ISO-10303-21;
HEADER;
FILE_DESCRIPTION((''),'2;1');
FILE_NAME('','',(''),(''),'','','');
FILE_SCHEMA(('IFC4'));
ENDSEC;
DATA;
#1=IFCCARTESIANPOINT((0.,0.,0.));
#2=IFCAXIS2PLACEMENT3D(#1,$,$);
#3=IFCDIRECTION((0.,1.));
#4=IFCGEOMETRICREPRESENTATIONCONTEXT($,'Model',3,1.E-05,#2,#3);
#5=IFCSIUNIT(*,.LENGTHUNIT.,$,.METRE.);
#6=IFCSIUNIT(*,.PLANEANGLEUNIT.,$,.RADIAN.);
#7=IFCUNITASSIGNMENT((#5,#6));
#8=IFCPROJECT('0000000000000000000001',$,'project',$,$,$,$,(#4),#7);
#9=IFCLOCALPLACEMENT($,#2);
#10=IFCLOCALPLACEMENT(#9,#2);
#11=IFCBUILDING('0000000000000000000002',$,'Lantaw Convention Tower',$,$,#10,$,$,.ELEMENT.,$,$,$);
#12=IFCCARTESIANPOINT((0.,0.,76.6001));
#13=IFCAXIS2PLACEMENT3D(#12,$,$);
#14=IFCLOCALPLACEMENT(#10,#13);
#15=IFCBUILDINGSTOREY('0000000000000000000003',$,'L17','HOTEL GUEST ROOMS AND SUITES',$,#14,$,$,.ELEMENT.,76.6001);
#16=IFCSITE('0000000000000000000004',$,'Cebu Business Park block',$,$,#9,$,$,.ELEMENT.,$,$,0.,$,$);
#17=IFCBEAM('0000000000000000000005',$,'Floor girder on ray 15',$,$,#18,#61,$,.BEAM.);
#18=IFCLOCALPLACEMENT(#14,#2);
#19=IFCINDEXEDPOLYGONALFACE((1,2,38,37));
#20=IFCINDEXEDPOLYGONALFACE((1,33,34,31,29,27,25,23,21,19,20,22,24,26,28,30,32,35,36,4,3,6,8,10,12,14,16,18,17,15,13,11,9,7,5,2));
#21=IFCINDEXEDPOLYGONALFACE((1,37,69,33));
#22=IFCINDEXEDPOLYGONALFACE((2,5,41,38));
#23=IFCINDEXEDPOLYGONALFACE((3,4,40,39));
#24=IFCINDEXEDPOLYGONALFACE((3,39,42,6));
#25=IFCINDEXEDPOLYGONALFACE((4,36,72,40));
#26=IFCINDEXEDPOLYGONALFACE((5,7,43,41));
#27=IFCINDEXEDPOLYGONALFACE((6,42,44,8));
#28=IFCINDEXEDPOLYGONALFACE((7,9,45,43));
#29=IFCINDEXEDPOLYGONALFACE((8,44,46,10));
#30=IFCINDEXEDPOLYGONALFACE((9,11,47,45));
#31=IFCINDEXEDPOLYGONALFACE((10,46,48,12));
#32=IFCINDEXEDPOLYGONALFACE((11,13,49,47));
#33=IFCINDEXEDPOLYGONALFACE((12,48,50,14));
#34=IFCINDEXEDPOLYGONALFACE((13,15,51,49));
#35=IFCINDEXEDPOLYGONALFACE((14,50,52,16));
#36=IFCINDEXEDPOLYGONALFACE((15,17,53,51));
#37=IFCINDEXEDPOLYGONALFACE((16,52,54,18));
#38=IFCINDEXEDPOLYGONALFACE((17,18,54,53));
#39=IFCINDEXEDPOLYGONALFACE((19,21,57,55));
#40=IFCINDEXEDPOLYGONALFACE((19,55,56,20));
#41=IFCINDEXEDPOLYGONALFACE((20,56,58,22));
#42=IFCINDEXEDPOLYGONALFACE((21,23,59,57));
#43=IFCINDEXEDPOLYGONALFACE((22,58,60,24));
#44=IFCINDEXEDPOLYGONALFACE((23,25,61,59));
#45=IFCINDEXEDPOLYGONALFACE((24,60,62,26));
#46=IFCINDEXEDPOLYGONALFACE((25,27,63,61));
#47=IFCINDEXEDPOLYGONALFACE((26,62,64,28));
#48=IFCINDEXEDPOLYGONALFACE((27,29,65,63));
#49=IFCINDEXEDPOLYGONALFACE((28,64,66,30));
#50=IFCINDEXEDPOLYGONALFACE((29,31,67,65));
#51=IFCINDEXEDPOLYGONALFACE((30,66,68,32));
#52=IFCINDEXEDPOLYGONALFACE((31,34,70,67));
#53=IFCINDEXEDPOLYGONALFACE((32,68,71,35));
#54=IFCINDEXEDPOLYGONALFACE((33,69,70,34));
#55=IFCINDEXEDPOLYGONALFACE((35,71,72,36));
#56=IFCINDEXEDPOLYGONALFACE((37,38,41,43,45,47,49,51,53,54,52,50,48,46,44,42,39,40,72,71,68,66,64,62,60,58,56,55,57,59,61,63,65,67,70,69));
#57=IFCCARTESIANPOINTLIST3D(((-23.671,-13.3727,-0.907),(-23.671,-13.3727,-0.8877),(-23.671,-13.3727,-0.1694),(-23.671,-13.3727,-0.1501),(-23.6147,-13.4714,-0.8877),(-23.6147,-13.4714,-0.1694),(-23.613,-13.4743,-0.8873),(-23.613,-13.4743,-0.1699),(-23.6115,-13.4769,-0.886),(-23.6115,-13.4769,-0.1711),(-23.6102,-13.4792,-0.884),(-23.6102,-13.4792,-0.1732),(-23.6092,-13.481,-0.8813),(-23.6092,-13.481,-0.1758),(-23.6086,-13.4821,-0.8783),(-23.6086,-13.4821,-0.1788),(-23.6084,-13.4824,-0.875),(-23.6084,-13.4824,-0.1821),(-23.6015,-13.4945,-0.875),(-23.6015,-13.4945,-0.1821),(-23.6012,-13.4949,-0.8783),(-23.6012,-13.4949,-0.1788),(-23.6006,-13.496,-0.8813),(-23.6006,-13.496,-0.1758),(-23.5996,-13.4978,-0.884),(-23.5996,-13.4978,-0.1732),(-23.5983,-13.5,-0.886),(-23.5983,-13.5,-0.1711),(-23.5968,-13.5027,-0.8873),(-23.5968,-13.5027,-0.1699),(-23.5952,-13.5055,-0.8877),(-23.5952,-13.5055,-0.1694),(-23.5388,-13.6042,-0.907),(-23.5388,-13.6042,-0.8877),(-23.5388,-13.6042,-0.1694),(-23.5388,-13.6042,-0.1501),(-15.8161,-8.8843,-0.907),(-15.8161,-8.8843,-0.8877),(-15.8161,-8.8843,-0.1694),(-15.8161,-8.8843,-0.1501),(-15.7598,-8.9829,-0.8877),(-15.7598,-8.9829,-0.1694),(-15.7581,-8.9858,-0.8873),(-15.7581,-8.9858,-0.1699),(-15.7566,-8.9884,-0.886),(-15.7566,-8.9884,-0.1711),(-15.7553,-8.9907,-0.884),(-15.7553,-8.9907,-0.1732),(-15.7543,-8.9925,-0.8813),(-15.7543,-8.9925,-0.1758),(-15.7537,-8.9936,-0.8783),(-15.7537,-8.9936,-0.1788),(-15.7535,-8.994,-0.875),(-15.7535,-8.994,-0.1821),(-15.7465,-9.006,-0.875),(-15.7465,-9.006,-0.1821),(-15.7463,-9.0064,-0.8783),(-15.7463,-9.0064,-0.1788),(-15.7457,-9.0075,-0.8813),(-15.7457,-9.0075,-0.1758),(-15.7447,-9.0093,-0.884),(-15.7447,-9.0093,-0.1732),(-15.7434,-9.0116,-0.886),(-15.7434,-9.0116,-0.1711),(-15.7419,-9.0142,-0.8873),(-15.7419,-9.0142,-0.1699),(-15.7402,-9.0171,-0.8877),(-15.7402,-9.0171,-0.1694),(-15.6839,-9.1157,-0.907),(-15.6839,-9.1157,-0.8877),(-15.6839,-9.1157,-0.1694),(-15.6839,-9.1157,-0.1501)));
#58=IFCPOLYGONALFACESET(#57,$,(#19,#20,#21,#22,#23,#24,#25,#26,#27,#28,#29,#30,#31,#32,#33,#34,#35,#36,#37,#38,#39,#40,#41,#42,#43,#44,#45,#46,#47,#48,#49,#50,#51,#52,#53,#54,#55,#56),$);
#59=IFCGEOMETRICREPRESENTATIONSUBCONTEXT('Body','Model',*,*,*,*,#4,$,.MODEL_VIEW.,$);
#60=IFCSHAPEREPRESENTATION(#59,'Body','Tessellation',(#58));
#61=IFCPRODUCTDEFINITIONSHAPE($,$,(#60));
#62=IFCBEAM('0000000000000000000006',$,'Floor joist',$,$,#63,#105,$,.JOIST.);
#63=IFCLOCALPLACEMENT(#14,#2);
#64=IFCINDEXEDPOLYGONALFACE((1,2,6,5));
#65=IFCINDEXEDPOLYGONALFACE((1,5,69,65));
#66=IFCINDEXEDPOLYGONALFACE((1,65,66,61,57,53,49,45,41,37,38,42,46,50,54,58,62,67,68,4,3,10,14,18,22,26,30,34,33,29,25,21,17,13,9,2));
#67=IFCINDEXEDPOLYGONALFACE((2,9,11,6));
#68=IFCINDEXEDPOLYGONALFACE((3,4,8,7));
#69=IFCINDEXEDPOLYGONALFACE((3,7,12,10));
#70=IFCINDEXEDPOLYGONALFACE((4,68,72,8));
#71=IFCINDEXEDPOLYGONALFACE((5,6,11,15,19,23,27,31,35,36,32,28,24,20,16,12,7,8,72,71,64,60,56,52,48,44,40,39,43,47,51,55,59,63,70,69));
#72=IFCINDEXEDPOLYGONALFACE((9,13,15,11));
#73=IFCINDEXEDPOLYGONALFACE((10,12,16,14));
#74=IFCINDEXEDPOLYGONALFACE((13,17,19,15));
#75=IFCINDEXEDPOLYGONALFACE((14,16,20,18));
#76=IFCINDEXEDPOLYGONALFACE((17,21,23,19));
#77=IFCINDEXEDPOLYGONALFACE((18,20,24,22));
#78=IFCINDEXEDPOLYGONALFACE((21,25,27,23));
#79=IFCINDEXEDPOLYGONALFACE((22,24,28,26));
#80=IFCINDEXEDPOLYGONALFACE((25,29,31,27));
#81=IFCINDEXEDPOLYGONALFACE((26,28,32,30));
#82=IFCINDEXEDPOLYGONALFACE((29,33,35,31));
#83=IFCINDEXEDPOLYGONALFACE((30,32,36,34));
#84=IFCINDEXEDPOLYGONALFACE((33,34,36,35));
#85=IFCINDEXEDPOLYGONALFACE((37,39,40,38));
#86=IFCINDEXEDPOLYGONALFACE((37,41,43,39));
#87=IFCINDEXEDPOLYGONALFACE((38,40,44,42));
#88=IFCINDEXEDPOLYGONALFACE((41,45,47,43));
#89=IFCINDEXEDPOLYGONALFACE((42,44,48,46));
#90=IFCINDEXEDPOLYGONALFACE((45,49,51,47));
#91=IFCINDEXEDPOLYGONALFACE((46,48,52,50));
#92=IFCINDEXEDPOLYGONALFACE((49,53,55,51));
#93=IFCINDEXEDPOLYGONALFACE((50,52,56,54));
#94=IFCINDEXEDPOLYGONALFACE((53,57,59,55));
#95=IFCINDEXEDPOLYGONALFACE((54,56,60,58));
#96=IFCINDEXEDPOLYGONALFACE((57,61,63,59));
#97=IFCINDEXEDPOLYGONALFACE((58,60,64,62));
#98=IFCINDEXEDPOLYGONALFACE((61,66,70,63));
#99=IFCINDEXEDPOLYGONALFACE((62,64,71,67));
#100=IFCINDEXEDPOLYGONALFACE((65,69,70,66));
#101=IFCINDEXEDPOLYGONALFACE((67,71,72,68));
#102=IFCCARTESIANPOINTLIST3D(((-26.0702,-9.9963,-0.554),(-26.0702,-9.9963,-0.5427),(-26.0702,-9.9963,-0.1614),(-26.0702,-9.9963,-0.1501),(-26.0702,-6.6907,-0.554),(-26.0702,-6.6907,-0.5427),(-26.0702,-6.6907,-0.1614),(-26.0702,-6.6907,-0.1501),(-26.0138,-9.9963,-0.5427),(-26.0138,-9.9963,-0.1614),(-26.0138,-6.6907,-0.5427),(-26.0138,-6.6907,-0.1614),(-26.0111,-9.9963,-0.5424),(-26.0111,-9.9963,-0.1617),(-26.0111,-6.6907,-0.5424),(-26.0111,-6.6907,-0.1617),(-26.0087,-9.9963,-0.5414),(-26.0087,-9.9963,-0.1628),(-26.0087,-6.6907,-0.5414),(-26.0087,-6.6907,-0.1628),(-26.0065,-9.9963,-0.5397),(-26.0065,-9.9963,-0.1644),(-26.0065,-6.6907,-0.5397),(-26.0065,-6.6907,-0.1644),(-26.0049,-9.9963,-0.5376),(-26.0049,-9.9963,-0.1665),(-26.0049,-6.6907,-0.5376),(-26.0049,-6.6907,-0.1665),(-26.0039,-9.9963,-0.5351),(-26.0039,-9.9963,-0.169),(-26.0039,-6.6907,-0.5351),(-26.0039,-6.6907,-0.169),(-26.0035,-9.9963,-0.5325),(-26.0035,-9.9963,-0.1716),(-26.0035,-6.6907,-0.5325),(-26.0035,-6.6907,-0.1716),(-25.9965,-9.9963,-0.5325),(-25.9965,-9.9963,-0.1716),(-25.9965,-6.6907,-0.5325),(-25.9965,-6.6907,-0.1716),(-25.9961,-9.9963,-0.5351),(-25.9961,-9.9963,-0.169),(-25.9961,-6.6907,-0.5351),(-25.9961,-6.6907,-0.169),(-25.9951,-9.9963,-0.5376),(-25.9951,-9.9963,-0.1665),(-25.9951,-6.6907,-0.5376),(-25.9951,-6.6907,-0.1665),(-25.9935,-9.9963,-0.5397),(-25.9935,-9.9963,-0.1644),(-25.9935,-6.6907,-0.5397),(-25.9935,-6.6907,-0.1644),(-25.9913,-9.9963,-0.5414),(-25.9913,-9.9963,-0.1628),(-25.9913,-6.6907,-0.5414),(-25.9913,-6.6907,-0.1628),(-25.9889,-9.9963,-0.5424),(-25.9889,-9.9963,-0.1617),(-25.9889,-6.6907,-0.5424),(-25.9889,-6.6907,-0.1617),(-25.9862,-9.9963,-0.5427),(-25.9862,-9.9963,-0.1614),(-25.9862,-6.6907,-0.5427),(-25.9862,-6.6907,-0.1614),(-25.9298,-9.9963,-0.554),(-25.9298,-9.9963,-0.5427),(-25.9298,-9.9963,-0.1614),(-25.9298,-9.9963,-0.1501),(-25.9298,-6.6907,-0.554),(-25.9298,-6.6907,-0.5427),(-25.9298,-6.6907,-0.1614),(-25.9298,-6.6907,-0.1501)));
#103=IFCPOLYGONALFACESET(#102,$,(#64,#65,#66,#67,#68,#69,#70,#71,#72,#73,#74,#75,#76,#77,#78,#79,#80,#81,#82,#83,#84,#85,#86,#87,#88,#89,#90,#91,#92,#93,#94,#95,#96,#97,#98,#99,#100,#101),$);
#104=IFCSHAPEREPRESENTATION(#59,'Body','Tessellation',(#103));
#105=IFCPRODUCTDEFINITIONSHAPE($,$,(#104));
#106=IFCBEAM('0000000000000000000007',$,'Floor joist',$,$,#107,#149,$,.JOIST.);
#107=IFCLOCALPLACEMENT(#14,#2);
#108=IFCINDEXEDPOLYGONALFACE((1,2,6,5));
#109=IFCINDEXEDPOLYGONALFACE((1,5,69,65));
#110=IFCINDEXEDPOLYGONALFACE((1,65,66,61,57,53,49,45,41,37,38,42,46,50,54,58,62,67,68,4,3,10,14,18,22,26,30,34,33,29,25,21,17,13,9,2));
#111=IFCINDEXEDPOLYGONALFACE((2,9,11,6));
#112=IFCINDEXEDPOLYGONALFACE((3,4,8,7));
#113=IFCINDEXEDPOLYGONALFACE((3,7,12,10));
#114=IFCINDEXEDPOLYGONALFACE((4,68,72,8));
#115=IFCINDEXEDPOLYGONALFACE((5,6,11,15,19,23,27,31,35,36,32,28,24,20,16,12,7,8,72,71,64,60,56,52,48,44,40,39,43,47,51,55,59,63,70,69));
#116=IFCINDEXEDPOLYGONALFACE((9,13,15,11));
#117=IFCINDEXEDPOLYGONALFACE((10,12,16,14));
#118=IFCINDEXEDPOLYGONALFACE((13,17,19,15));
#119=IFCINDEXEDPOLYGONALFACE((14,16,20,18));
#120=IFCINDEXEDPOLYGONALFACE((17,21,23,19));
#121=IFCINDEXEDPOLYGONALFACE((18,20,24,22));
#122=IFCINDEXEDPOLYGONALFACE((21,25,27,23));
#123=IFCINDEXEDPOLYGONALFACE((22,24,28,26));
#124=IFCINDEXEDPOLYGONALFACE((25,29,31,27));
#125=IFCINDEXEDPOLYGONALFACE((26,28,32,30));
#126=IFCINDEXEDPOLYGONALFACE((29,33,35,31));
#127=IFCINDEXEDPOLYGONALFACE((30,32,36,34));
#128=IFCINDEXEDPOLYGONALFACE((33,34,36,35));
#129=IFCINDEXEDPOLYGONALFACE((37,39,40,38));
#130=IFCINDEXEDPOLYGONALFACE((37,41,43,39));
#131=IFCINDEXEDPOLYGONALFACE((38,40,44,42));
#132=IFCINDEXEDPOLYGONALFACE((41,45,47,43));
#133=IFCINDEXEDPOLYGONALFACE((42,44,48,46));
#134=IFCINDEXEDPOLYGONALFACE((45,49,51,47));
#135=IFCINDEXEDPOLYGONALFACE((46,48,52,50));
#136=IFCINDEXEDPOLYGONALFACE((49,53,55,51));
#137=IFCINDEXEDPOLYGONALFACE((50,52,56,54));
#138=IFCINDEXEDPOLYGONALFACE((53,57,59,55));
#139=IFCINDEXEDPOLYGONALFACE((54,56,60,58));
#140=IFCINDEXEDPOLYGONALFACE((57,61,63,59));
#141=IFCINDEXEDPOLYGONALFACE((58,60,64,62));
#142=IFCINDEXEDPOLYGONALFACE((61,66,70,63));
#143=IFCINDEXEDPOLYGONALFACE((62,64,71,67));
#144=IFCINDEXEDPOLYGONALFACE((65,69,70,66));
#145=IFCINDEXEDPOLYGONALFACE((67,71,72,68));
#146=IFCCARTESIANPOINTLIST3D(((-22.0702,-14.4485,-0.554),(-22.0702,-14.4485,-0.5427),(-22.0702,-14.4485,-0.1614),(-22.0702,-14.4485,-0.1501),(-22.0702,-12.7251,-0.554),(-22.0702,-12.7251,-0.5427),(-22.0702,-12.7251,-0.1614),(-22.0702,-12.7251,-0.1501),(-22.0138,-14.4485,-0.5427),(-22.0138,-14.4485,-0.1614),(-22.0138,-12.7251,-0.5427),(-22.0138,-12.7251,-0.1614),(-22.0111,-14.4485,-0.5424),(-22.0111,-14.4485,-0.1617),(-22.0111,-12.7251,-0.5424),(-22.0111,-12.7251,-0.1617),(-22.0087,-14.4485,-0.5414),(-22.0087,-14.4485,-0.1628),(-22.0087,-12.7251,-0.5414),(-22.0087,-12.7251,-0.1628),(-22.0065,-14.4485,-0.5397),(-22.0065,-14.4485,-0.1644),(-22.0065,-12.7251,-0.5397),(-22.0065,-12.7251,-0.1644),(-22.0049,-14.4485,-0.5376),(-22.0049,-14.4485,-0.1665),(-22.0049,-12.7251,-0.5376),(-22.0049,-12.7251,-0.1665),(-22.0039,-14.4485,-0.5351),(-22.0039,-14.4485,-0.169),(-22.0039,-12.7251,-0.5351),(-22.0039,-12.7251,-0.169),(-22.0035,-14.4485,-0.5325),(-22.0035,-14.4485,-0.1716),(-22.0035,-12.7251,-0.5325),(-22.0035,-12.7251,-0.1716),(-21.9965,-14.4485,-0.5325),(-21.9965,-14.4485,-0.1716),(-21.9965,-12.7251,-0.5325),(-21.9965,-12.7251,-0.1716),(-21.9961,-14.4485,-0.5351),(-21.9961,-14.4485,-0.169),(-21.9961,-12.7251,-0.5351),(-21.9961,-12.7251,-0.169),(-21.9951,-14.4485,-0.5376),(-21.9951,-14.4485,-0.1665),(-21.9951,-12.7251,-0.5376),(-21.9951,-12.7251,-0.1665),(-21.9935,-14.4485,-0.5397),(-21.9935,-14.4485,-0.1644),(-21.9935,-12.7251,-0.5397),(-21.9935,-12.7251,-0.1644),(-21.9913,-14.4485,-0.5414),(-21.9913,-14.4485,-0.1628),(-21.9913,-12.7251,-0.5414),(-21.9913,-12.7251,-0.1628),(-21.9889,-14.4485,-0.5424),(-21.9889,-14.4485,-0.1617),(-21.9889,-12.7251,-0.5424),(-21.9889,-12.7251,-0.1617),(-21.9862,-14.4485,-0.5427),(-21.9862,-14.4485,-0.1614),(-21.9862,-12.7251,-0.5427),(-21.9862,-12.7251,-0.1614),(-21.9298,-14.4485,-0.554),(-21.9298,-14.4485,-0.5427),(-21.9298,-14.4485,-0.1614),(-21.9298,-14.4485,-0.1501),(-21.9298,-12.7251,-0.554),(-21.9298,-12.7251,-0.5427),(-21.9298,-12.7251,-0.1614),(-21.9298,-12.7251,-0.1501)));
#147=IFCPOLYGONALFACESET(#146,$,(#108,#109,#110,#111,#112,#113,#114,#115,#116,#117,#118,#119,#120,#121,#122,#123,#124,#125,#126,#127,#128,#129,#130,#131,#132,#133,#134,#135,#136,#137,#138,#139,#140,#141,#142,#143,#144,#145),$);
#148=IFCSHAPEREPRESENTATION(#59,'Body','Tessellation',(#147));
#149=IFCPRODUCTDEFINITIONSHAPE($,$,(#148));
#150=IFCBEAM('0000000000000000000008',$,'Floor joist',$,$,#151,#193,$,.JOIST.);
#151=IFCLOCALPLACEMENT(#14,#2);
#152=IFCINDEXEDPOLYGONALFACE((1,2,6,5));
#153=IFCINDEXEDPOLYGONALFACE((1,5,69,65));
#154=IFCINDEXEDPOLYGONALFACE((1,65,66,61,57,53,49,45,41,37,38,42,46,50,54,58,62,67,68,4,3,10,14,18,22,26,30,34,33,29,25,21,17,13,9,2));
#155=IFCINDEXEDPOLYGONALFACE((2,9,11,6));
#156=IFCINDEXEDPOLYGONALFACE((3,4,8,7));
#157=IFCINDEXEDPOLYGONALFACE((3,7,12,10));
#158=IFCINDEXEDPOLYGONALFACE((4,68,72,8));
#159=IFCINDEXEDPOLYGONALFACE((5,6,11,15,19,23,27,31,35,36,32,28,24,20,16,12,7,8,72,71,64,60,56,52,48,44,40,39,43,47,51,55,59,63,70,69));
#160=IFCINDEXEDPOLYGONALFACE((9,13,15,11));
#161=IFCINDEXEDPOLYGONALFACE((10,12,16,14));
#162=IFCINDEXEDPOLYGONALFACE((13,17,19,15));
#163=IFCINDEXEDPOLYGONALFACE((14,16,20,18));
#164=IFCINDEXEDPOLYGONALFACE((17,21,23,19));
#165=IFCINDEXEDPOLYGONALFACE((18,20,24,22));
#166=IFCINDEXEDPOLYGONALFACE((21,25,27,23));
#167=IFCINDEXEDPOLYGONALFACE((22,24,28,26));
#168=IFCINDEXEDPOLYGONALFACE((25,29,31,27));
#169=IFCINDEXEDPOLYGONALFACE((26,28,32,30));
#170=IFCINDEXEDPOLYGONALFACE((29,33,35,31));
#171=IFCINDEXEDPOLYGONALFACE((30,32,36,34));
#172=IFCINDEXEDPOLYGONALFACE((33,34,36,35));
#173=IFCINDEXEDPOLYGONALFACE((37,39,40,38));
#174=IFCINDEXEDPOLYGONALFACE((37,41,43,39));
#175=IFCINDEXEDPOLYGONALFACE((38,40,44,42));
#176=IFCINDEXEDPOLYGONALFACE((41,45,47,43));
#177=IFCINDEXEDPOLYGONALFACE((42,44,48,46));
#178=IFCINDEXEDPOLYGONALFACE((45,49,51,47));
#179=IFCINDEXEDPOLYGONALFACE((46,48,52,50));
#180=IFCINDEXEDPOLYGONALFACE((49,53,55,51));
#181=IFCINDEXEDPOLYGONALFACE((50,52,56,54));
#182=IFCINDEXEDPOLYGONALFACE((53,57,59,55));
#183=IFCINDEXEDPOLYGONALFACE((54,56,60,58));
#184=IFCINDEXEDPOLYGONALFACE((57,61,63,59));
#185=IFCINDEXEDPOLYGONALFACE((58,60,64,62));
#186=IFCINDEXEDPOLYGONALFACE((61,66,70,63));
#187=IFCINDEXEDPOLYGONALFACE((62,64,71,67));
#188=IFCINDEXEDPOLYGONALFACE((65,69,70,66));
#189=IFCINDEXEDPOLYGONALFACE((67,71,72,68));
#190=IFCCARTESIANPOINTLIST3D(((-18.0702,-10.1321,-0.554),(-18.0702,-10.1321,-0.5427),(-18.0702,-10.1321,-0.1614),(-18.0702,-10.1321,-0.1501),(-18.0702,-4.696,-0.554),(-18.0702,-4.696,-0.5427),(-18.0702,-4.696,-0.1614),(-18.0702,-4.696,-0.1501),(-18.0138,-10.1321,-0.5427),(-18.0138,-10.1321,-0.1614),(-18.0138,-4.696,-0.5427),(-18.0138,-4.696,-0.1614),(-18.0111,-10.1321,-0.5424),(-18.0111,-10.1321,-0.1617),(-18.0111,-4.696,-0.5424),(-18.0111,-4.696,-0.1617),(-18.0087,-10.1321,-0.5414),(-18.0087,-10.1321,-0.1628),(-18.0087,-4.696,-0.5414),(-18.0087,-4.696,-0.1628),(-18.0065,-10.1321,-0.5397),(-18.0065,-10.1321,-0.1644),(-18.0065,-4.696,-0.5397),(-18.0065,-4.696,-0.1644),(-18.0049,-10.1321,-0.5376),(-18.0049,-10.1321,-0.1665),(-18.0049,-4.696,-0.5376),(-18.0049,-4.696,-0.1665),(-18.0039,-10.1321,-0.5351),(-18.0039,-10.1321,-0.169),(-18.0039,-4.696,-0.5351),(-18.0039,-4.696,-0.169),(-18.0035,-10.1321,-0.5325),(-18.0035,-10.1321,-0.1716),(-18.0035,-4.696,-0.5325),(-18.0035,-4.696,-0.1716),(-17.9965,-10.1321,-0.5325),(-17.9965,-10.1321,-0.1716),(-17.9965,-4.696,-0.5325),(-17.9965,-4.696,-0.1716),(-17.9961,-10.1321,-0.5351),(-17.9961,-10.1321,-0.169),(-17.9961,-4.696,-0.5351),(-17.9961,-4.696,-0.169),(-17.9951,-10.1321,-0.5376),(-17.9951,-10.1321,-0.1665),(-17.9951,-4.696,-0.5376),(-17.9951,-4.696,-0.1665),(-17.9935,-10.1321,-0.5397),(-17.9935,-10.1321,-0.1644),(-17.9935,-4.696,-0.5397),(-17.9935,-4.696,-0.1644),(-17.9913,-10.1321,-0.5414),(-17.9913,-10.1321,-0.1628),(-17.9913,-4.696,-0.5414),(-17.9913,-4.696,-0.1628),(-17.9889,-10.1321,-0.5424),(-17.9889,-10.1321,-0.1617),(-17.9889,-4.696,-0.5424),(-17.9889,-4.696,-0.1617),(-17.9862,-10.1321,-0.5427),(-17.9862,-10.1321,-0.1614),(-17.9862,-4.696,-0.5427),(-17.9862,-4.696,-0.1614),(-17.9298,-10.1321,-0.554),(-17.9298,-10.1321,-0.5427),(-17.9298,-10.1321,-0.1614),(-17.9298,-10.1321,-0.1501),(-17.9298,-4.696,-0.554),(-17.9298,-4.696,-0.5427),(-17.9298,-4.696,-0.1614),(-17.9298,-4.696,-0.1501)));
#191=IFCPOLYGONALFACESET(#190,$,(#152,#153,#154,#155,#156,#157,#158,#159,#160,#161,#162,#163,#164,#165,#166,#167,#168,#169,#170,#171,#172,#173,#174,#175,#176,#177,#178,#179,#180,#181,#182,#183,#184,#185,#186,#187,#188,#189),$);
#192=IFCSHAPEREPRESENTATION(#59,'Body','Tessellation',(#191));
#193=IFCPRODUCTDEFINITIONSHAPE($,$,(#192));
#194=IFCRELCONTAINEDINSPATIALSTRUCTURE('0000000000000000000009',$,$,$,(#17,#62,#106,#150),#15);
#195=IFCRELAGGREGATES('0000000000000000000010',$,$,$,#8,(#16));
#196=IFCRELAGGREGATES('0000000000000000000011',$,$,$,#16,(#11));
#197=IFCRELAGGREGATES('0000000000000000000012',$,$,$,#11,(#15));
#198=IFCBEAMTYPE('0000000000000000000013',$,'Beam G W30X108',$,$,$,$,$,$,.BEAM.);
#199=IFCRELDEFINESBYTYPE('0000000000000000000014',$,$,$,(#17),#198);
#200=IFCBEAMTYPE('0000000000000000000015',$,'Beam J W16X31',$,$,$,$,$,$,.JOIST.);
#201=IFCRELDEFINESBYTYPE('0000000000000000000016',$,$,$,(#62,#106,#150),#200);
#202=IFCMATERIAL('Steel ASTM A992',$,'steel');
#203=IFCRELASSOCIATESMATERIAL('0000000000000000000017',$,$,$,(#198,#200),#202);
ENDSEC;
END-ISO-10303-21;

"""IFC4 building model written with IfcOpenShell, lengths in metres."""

from ifc_helpers import new_model, si_unit, direction, frame, origin, origin_2d, place, context, subcontext, project, spatial, i_section, extrude, material, material_profile, profile_set, type_object, element, save


model = new_model("IFC4")

# Units and contexts
model_context = context("Model", 3, precision=1e-05, world=origin(), true_north=direction((0.0, 1.0)))
body_context = subcontext(model_context, "Body", "Model", "MODEL_VIEW")
ifc_project = project(units=[si_unit("LENGTHUNIT", "METRE"), si_unit("PLANEANGLEUNIT", "RADIAN")], contexts=[model_context])

# Site, building, storey
site_placement = place(None, origin())
site = spatial("IfcSite", under=ifc_project, at=site_placement, Name="Cebu Business Park block", CompositionType="ELEMENT", RefElevation=0.0)
building_placement = place(site_placement, origin())
building = spatial("IfcBuilding", under=site, at=building_placement, Name="Lantaw Convention Tower", CompositionType="ELEMENT")
storey_placement = place(building_placement, frame((0.0, 0.0, 76.6001)))
storey = spatial("IfcBuildingStorey", under=building, at=storey_placement, Name="L17", Description="HOTEL GUEST ROOMS AND SUITES", CompositionType="ELEMENT", Elevation=76.6001)

# Beams
ifc_material_1 = material(Name="Steel ASTM A992", Category="steel")
ifc_material_profile_1 = material_profile(ifc_material_1, i_section(OverallWidth=0.2666, OverallDepth=0.7568, WebThickness=0.0139, FlangeThickness=0.0193, FilletRadius=0.0127, at=origin_2d()), Name="W30X108")
ifc_profile_set_1 = profile_set([ifc_material_profile_1], Name="Steel ASTM A992")
beam_type_1 = type_object("IfcBeamType", Name="Beam G W30X108", PredefinedType="BEAM", material=ifc_profile_set_1)
beam_1_placement = place(storey_placement, frame((-15.75, -9.0, -0.5286), z_axis=(-0.868245, -0.496136, 0.0), x_axis=(0.496136, -0.868245, 0.0)))
element("IfcBeam", 1, at=beam_1_placement, inside=storey, type_object=beam_type_1, Name="Floor girder on ray 15", PredefinedType="BEAM", context=body_context, shape_type="SweptSolid", body=[
    extrude(i_section(OverallWidth=0.2666, OverallDepth=0.7568, WebThickness=0.0139, FlangeThickness=0.0193, FilletRadius=0.0127, at=origin_2d()), origin(), (0.0, 0.0, 1.0), 9.0469),
])
ifc_material_profile_2 = material_profile(ifc_material_1, i_section(OverallWidth=0.1404, OverallDepth=0.4038, WebThickness=0.0071, FlangeThickness=0.0112, FilletRadius=0.0103, at=origin_2d()), Name="W16X31")
ifc_profile_set_2 = profile_set([ifc_material_profile_2], Name="Steel ASTM A992")
beam_type_2 = type_object("IfcBeamType", Name="Beam J W16X31", PredefinedType="JOIST", material=ifc_profile_set_2)
beam_2_placement = place(storey_placement, frame((-26.0, -9.9963, -0.3521), z_axis=(0.0, 1.0, 0.0), x_axis=(-1.0, 0.0, 0.0)))
element("IfcBeam", 2, at=beam_2_placement, inside=storey, type_object=beam_type_2, Name="Floor joist", PredefinedType="JOIST", context=body_context, shape_type="SweptSolid", body=[
    extrude(i_section(OverallWidth=0.1404, OverallDepth=0.4038, WebThickness=0.0071, FlangeThickness=0.0112, FilletRadius=0.0103, at=origin_2d()), origin(), (0.0, 0.0, 1.0), 3.3057),
])
beam_3_placement = place(storey_placement, frame((-22.0, -14.4485, -0.3521), z_axis=(0.0, 1.0, 0.0), x_axis=(-1.0, 0.0, 0.0)))
element("IfcBeam", 3, at=beam_3_placement, inside=storey, type_object=beam_type_2, Name="Floor joist", PredefinedType="JOIST", context=body_context, shape_type="SweptSolid", body=[
    extrude(i_section(OverallWidth=0.1404, OverallDepth=0.4038, WebThickness=0.0071, FlangeThickness=0.0112, FilletRadius=0.0103, at=origin_2d()), origin(), (0.0, 0.0, 1.0), 1.7234),
])
beam_4_placement = place(storey_placement, frame((-18.0, -10.1321, -0.3521), z_axis=(0.0, 1.0, 0.0), x_axis=(-1.0, 0.0, 0.0)))
element("IfcBeam", 4, at=beam_4_placement, inside=storey, type_object=beam_type_2, Name="Floor joist", PredefinedType="JOIST", context=body_context, shape_type="SweptSolid", body=[
    extrude(i_section(OverallWidth=0.1404, OverallDepth=0.4038, WebThickness=0.0071, FlangeThickness=0.0112, FilletRadius=0.0103, at=origin_2d()), origin(), (0.0, 0.0, 1.0), 5.436),
])

save(model, "model.ifc")
